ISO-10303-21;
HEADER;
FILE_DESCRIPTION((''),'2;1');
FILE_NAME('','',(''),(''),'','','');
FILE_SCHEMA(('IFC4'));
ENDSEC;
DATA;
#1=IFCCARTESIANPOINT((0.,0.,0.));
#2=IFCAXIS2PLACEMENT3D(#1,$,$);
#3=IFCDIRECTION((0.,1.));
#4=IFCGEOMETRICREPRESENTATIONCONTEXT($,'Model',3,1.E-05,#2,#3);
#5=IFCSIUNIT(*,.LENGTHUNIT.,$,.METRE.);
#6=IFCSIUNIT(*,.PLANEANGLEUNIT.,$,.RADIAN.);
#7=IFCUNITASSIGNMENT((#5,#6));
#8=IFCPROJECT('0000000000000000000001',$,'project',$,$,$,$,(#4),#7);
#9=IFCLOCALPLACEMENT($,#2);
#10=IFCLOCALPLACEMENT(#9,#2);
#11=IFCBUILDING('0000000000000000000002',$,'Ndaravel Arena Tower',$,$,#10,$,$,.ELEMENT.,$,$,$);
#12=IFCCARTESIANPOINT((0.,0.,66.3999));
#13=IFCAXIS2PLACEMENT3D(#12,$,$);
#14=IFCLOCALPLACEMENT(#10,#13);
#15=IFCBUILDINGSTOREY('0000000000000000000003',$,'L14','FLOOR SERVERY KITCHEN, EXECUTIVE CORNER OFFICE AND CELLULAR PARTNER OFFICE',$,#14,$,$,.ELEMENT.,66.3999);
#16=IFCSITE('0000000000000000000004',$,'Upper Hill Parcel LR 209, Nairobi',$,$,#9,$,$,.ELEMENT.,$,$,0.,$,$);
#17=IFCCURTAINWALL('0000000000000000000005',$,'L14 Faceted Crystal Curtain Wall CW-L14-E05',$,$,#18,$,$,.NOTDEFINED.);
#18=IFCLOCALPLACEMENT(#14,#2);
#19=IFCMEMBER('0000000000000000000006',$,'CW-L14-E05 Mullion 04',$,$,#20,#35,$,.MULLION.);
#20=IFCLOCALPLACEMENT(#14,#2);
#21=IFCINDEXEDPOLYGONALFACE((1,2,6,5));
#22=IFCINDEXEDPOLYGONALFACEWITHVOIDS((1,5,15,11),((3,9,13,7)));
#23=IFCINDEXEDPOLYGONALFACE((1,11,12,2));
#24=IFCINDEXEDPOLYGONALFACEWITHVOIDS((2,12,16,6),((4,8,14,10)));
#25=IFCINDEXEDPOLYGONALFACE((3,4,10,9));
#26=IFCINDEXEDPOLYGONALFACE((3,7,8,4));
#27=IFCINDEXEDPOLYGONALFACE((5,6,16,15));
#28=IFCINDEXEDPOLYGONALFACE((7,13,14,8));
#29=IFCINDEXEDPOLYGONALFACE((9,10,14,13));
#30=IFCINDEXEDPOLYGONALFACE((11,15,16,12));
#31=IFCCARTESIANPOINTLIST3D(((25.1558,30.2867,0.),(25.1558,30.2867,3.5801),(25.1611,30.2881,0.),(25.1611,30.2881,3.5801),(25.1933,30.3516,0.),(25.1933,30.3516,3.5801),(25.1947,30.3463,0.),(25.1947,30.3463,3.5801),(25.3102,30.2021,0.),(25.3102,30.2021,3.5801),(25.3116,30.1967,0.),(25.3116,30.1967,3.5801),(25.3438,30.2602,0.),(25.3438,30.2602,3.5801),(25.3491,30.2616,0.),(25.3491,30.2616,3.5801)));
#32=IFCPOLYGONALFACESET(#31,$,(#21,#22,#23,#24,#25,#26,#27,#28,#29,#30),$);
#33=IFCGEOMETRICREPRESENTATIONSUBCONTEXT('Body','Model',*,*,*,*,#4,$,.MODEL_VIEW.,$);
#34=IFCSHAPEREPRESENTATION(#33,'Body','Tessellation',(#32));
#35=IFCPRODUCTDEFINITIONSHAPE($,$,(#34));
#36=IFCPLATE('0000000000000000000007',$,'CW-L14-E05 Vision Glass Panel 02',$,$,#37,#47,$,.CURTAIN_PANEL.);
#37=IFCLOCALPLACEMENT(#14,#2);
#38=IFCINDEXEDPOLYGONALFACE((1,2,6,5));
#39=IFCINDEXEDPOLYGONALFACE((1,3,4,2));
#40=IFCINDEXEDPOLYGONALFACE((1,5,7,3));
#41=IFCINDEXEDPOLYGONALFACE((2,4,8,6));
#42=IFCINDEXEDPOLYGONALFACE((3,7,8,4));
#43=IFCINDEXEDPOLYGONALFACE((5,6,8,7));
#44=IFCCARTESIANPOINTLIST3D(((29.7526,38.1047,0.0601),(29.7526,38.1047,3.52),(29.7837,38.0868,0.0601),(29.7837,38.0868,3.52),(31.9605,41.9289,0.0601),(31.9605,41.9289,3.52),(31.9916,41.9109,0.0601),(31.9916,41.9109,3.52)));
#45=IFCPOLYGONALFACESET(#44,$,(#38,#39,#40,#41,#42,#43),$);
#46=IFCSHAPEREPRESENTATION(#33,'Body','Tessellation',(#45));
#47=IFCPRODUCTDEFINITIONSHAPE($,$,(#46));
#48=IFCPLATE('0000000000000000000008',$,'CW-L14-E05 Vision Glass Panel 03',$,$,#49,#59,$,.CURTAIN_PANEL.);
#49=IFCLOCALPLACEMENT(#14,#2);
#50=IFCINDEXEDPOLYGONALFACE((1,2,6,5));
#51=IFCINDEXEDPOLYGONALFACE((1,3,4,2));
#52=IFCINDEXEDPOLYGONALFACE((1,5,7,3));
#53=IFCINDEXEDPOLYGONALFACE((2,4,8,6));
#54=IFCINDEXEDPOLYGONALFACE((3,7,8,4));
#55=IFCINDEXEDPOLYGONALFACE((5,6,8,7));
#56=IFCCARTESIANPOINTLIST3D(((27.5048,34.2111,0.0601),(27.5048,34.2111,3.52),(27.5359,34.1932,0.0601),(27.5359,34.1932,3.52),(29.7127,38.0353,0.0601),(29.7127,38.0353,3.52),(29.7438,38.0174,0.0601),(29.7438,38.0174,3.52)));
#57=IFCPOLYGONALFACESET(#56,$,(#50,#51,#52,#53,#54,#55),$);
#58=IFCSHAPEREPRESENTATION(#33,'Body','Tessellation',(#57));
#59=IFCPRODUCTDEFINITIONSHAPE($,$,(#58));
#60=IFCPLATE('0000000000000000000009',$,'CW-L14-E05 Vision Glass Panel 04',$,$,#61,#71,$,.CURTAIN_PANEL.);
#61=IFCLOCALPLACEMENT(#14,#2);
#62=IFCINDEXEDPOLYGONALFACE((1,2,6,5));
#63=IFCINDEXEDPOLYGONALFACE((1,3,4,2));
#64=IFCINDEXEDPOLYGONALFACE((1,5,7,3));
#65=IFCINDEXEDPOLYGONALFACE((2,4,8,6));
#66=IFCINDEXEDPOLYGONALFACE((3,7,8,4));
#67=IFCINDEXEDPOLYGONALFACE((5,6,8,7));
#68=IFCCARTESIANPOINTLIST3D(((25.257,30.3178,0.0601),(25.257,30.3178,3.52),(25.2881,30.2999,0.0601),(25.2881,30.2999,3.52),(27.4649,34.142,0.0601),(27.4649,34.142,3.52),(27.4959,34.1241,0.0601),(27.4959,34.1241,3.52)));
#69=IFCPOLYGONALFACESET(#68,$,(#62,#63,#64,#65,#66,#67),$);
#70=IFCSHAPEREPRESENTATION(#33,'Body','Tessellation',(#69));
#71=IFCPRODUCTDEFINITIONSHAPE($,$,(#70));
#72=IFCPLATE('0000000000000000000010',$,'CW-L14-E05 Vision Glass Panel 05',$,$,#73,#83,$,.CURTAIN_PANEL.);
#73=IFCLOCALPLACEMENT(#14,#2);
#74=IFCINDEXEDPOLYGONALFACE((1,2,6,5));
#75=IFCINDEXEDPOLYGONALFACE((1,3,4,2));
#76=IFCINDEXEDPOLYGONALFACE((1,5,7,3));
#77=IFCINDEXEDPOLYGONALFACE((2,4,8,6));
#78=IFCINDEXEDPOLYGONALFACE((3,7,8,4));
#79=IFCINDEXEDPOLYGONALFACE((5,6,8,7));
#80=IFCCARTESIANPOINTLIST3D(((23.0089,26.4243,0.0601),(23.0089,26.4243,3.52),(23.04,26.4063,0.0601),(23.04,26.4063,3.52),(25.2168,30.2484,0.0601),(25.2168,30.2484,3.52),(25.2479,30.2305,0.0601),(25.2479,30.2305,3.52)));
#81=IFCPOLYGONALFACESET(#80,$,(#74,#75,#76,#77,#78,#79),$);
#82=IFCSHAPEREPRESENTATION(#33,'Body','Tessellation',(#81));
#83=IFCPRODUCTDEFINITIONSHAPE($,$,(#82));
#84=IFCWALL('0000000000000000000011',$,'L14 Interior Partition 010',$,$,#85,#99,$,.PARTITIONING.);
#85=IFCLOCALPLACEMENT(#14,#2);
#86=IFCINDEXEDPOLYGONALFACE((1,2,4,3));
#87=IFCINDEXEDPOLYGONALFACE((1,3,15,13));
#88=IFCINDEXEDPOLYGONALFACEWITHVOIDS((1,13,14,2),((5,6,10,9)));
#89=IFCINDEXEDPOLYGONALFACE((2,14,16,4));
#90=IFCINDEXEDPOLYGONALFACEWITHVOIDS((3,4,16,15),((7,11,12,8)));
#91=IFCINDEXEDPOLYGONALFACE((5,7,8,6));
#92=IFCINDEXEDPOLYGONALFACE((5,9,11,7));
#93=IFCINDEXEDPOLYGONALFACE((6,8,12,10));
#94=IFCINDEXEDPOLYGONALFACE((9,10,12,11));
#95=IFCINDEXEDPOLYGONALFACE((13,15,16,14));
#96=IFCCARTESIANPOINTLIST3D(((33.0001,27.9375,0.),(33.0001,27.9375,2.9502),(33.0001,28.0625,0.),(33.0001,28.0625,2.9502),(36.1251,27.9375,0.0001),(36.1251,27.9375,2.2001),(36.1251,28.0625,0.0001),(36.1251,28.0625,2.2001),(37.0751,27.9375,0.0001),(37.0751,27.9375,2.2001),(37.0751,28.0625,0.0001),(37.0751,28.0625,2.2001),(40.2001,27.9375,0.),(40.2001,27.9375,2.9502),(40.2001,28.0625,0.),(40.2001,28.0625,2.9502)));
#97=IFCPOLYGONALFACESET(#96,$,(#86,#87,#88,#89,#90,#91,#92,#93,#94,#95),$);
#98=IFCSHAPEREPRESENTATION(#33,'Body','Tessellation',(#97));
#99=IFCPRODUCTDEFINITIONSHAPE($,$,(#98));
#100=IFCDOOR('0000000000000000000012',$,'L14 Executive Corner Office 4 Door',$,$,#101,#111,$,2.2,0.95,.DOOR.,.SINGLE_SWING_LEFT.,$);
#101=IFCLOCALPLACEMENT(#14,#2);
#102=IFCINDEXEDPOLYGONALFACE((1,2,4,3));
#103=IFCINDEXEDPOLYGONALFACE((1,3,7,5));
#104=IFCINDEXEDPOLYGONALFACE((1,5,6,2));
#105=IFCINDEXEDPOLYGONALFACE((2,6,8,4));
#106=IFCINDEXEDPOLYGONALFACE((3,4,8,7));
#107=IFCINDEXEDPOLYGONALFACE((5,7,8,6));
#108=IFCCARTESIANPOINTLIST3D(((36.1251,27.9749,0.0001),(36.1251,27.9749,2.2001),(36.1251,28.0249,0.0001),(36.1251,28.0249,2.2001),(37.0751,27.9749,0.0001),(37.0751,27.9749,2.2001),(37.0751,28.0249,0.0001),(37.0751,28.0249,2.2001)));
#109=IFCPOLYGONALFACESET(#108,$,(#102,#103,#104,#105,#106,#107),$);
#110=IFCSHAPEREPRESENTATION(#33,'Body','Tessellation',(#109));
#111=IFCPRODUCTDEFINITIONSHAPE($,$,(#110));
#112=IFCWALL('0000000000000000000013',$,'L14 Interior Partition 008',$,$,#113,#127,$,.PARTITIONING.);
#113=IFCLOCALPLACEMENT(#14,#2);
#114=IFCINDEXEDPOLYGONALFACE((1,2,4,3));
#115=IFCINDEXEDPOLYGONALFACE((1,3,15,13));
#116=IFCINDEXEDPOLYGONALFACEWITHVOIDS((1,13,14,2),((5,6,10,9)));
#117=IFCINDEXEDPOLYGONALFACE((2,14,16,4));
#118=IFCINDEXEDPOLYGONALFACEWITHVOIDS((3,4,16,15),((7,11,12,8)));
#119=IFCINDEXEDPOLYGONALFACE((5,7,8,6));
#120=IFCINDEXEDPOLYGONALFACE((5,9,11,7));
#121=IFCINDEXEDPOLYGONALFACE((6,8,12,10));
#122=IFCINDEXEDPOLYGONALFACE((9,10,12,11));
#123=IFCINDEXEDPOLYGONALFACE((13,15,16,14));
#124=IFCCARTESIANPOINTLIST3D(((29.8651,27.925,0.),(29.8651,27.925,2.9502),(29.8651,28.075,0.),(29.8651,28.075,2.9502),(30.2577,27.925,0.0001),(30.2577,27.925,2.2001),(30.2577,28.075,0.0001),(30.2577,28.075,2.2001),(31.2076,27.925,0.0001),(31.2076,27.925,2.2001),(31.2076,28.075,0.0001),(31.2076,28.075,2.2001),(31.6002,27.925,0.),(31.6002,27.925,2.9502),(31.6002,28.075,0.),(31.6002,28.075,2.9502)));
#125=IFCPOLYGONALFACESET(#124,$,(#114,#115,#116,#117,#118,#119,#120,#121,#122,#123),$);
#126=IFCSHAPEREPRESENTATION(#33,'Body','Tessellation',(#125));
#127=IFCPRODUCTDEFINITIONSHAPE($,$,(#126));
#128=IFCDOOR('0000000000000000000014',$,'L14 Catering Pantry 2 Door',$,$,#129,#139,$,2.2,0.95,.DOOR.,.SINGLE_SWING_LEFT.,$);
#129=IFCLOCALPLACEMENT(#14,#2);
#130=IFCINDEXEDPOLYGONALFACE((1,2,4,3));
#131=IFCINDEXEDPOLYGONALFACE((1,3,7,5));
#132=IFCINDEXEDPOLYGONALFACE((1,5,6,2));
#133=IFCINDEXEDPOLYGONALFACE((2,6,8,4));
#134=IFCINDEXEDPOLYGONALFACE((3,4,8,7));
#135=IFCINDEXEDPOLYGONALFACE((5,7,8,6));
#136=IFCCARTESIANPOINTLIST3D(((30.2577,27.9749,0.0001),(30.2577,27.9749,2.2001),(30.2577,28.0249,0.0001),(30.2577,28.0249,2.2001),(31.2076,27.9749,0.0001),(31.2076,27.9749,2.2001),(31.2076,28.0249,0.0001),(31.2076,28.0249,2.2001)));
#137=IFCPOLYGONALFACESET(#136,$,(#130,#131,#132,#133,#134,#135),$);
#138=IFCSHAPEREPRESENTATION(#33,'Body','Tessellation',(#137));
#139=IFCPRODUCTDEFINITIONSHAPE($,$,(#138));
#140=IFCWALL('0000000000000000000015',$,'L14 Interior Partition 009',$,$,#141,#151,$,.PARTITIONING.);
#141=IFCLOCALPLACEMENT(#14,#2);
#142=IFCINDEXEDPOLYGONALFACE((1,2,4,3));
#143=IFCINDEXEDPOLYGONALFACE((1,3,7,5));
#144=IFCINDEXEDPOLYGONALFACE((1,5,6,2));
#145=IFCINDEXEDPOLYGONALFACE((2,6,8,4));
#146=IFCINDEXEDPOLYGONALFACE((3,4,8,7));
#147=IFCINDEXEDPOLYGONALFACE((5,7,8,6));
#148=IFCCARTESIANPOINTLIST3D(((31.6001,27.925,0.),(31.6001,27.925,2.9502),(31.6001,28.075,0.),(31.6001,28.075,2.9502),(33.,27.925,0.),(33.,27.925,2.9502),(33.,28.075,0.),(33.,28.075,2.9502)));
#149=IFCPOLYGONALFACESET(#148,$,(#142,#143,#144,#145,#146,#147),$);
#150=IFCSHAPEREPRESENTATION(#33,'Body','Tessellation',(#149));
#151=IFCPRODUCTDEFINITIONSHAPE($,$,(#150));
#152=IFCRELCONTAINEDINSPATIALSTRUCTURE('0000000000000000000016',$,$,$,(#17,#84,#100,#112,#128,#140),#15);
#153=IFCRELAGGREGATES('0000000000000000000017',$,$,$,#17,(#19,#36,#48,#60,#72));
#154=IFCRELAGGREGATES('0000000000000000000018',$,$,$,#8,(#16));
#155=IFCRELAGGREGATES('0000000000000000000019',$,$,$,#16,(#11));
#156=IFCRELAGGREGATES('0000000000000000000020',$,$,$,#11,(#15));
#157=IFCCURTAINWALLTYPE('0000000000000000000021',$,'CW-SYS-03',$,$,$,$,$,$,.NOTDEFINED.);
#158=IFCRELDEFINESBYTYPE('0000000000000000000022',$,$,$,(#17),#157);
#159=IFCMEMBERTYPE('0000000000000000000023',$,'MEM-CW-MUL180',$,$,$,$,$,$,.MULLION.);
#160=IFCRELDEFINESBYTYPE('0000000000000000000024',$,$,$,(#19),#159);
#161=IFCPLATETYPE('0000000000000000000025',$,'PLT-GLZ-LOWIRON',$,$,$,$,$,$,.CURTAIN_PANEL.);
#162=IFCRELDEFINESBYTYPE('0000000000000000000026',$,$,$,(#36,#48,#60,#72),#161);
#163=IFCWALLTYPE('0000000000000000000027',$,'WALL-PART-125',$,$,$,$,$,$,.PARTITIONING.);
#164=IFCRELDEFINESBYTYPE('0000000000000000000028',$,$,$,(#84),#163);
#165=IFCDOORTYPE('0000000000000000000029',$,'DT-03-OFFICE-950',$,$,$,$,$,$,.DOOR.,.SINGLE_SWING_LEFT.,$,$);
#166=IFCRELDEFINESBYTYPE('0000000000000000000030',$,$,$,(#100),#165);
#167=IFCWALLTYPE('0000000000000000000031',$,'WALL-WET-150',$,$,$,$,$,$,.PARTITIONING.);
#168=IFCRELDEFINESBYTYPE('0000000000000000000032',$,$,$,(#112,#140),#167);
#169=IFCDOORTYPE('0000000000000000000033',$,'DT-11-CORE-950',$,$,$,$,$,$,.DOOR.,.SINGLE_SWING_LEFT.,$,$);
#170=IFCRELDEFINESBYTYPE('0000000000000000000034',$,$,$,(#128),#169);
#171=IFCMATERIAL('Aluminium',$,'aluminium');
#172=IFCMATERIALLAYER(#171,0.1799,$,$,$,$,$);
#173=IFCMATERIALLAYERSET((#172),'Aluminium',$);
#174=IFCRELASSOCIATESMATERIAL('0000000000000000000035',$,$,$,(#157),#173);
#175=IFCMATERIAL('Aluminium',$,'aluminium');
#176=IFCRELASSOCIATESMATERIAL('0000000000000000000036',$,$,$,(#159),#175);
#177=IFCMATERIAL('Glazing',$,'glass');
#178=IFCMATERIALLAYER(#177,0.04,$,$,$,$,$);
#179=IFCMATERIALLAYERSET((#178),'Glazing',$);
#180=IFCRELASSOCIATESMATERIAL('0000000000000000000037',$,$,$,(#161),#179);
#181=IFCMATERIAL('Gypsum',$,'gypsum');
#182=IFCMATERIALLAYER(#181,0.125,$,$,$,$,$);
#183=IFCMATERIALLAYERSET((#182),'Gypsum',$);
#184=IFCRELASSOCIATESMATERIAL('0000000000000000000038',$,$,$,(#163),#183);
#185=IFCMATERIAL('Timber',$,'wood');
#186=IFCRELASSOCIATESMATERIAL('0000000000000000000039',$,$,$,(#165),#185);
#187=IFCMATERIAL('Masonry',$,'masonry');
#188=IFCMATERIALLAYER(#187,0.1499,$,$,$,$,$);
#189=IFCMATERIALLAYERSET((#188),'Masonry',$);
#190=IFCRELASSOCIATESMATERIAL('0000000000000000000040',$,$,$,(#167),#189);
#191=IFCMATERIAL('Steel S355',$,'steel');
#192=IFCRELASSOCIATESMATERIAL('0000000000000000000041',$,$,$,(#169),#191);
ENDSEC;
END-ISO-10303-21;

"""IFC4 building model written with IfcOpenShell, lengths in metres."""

from ifc_helpers import new_model, si_unit, direction, frame, frame_2d, origin, origin_2d, place, context, subcontext, project, spatial, rectangle, hollow_rectangle, extrude, material, layer, layer_set, material_profile, profile_set, type_object, element, fill, aggregate, save


model = new_model("IFC4")

# Units and contexts
model_context = context("Model", 3, precision=1e-05, world=origin(), true_north=direction((0.0, 1.0)))
body_context = subcontext(model_context, "Body", "Model", "MODEL_VIEW")
ifc_project = project(units=[si_unit("LENGTHUNIT", "METRE"), si_unit("PLANEANGLEUNIT", "RADIAN")], contexts=[model_context])

# Site, building, storey
site_placement = place(None, origin())
site = spatial("IfcSite", under=ifc_project, at=site_placement, Name="Upper Hill Parcel LR 209, Nairobi", CompositionType="ELEMENT", RefElevation=0.0)
building_placement = place(site_placement, origin())
building = spatial("IfcBuilding", under=site, at=building_placement, Name="Ndaravel Arena Tower", CompositionType="ELEMENT")
storey_placement = place(building_placement, frame((0.0, 0.0, 66.3999)))
storey = spatial("IfcBuildingStorey", under=building, at=storey_placement, Name="L14", Description="FLOOR SERVERY KITCHEN, EXECUTIVE CORNER OFFICE AND CELLULAR PARTNER OFFICE", CompositionType="ELEMENT", Elevation=66.3999)

# Curtain wall, member, plates
ifc_material_1 = material(Name="Aluminium", Category="aluminium")
ifc_layer_1 = layer(ifc_material_1, 0.1799)
ifc_layer_set_1 = layer_set([ifc_layer_1], Name="Aluminium")
curtain_wall_type = type_object("IfcCurtainWallType", Name="CW-SYS-03", PredefinedType="NOTDEFINED", material=ifc_layer_set_1)
curtain_wall_placement = place(storey_placement, origin())
curtain_wall = element("IfcCurtainWall", 1, at=curtain_wall_placement, inside=storey, type_object=curtain_wall_type, Name="L14 Faceted Crystal Curtain Wall CW-L14-E05", PredefinedType="NOTDEFINED")
ifc_material_2 = material(Name="Aluminium", Category="aluminium")
ifc_material_profile_1 = material_profile(ifc_material_2, hollow_rectangle(XDim=0.075, YDim=0.1799, WallThickness=0.0039, at=origin_2d()), Name="CW MULLION 75x180x4")
ifc_profile_set_1 = profile_set([ifc_material_profile_1], Name="Aluminium")
member_type = type_object("IfcMemberType", Name="MEM-CW-MUL180", PredefinedType="MULLION", material=ifc_profile_set_1)
member_1_placement = place(storey_placement, frame((25.2524, 30.2742, 0.0), z_axis=(0.0, 0.0, 1.0), x_axis=(-0.5, -0.866025, 0.0)))
member_1 = element("IfcMember", 2, at=member_1_placement, type_object=member_type, Name="CW-L14-E05 Mullion 04", PredefinedType="MULLION", context=body_context, shape_type="SweptSolid", body=[
    extrude(hollow_rectangle(XDim=0.075, YDim=0.1799, WallThickness=0.0039, at=origin_2d()), origin(), (0.0, 0.0, 1.0), 3.5801),
])
ifc_material_3 = material(Name="Glazing", Category="glass")
ifc_layer_2 = layer(ifc_material_3, 0.04)
ifc_layer_set_2 = layer_set([ifc_layer_2], Name="Glazing")
plate_type = type_object("IfcPlateType", Name="PLT-GLZ-LOWIRON", PredefinedType="CURTAIN_PANEL", material=ifc_layer_set_2)
plate_1_placement = place(storey_placement, frame((30.8721, 40.0078, 0.0601), z_axis=(0.0, 0.0, 1.0), x_axis=(-0.5, -0.866025, 0.0)))
plate_1 = element("IfcPlate", 3, at=plate_1_placement, type_object=plate_type, Name="CW-L14-E05 Vision Glass Panel 02", PredefinedType="CURTAIN_PANEL", context=body_context, shape_type="SweptSolid", body=[
    extrude(rectangle(XDim=4.4158, YDim=0.0359, at=origin_2d()), origin(), (0.0, 0.0, 1.0), 3.46),
])
plate_2_placement = place(storey_placement, frame((28.6243, 36.1143, 0.0601), z_axis=(0.0, 0.0, 1.0), x_axis=(-0.5, -0.866025, 0.0)))
plate_2 = element("IfcPlate", 4, at=plate_2_placement, type_object=plate_type, Name="CW-L14-E05 Vision Glass Panel 03", PredefinedType="CURTAIN_PANEL", context=body_context, shape_type="SweptSolid", body=[
    extrude(rectangle(XDim=4.4158, YDim=0.0359, at=origin_2d()), origin(), (0.0, 0.0, 1.0), 3.46),
])
plate_3_placement = place(storey_placement, frame((26.3765, 32.2209, 0.0601), z_axis=(0.0, 0.0, 1.0), x_axis=(-0.5, -0.866025, 0.0)))
plate_3 = element("IfcPlate", 5, at=plate_3_placement, type_object=plate_type, Name="CW-L14-E05 Vision Glass Panel 04", PredefinedType="CURTAIN_PANEL", context=body_context, shape_type="SweptSolid", body=[
    extrude(rectangle(XDim=4.4158, YDim=0.0359, at=origin_2d()), origin(), (0.0, 0.0, 1.0), 3.46),
])
plate_4_placement = place(storey_placement, frame((24.1284, 28.3274, 0.0601), z_axis=(0.0, 0.0, 1.0), x_axis=(-0.5, -0.866025, 0.0)))
plate_4 = element("IfcPlate", 6, at=plate_4_placement, type_object=plate_type, Name="CW-L14-E05 Vision Glass Panel 05", PredefinedType="CURTAIN_PANEL", context=body_context, shape_type="SweptSolid", body=[
    extrude(rectangle(XDim=4.4158, YDim=0.0359, at=origin_2d()), origin(), (0.0, 0.0, 1.0), 3.46),
])
aggregate(curtain_wall, [member_1, plate_1, plate_2, plate_3, plate_4])

# Walls, openings, doors
ifc_material_4 = material(Name="Gypsum", Category="gypsum")
ifc_layer_3 = layer(ifc_material_4, 0.125)
ifc_layer_set_3 = layer_set([ifc_layer_3], Name="Gypsum")
wall_type_1 = type_object("IfcWallType", Name="WALL-PART-125", PredefinedType="PARTITIONING", material=ifc_layer_set_3)
wall_1_placement = place(storey_placement, frame((33.0, 28.0, 0.0), z_axis=(0.0, 0.0, 1.0), x_axis=(1.0, 0.0, 0.0)))
wall_1 = element("IfcWall", 7, at=wall_1_placement, inside=storey, type_object=wall_type_1, Name="L14 Interior Partition 010", PredefinedType="PARTITIONING", context=body_context, shape_type="SweptSolid", body=[
    extrude(rectangle(XDim=7.2, YDim=0.125, at=frame_2d((3.6001, 0.0))), origin(), (0.0, 0.0, 1.0), 2.9502),
])
opening_1_placement = place(wall_1_placement, frame((3.125, 0.0, 0.0)))
opening_1 = element("IfcOpeningElement", 8, at=opening_1_placement, cuts=wall_1, PredefinedType="OPENING", context=body_context, shape_type="SweptSolid", body=[
    extrude(rectangle(XDim=0.95, YDim=2.2, at=frame_2d((0.4751, 1.1001))), frame((0.0, 0.0625, 0.0), z_axis=(0.0, -1.0, 0.0), x_axis=(1.0, 0.0, 0.0)), (0.0, 0.0, 1.0), 0.125),
])
ifc_material_5 = material(Name="Timber", Category="wood")
door_type_1 = type_object("IfcDoorType", Name="DT-03-OFFICE-950", OperationType="SINGLE_SWING_LEFT", PredefinedType="DOOR", material=ifc_material_5)
door_1_placement = place(opening_1_placement, origin())
door_1 = element("IfcDoor", 9, at=door_1_placement, inside=storey, type_object=door_type_1, Name="L14 Executive Corner Office 4 Door", OperationType="SINGLE_SWING_LEFT", OverallHeight=2.2, OverallWidth=0.95, PredefinedType="DOOR", context=body_context, shape_type="SweptSolid", body=[
    extrude(rectangle(XDim=0.95, YDim=2.2, at=frame_2d((0.4751, 1.1001))), frame((0.0, 0.0249, 0.0), z_axis=(0.0, -1.0, 0.0), x_axis=(1.0, 0.0, 0.0)), (0.0, 0.0, 1.0), 0.05),
])
fill(opening_1, door_1)
ifc_material_6 = material(Name="Masonry", Category="masonry")
ifc_layer_4 = layer(ifc_material_6, 0.1499)
ifc_layer_set_4 = layer_set([ifc_layer_4], Name="Masonry")
wall_type_2 = type_object("IfcWallType", Name="WALL-WET-150", PredefinedType="PARTITIONING", material=ifc_layer_set_4)
wall_2_placement = place(storey_placement, frame((29.865, 28.0, 0.0), z_axis=(0.0, 0.0, 1.0), x_axis=(1.0, 0.0, 0.0)))
wall_2 = element("IfcWall", 10, at=wall_2_placement, inside=storey, type_object=wall_type_2, Name="L14 Interior Partition 008", PredefinedType="PARTITIONING", context=body_context, shape_type="SweptSolid", body=[
    extrude(rectangle(XDim=1.7351, YDim=0.1499, at=frame_2d((0.8677, 0.0))), origin(), (0.0, 0.0, 1.0), 2.9502),
])
opening_2_placement = place(wall_2_placement, frame((0.3926, 0.0, 0.0)))
opening_2 = element("IfcOpeningElement", 11, at=opening_2_placement, cuts=wall_2, PredefinedType="OPENING", context=body_context, shape_type="SweptSolid", body=[
    extrude(rectangle(XDim=0.95, YDim=2.2, at=frame_2d((0.4751, 1.1001))), frame((0.0, 0.075, 0.0), z_axis=(0.0, -1.0, 0.0), x_axis=(1.0, 0.0, 0.0)), (0.0, 0.0, 1.0), 0.1499),
])
ifc_material_7 = material(Name="Steel S355", Category="steel")
door_type_2 = type_object("IfcDoorType", Name="DT-11-CORE-950", OperationType="SINGLE_SWING_LEFT", PredefinedType="DOOR", material=ifc_material_7)
door_2_placement = place(opening_2_placement, origin())
door_2 = element("IfcDoor", 12, at=door_2_placement, inside=storey, type_object=door_type_2, Name="L14 Catering Pantry 2 Door", OperationType="SINGLE_SWING_LEFT", OverallHeight=2.2, OverallWidth=0.95, PredefinedType="DOOR", context=body_context, shape_type="SweptSolid", body=[
    extrude(rectangle(XDim=0.95, YDim=2.2, at=frame_2d((0.4751, 1.1001))), frame((0.0, 0.0249, 0.0), z_axis=(0.0, -1.0, 0.0), x_axis=(1.0, 0.0, 0.0)), (0.0, 0.0, 1.0), 0.05),
])
fill(opening_2, door_2)

# Wall
wall_3_placement = place(storey_placement, frame((31.6001, 28.0, 0.0), z_axis=(0.0, 0.0, 1.0), x_axis=(1.0, 0.0, 0.0)))
element("IfcWall", 13, at=wall_3_placement, inside=storey, type_object=wall_type_2, Name="L14 Interior Partition 009", PredefinedType="PARTITIONING", context=body_context, shape_type="SweptSolid", body=[
    extrude(rectangle(XDim=1.3999, YDim=0.1499, at=frame_2d((0.7, 0.0))), origin(), (0.0, 0.0, 1.0), 2.9502),
])

save(model, "model.ifc")
